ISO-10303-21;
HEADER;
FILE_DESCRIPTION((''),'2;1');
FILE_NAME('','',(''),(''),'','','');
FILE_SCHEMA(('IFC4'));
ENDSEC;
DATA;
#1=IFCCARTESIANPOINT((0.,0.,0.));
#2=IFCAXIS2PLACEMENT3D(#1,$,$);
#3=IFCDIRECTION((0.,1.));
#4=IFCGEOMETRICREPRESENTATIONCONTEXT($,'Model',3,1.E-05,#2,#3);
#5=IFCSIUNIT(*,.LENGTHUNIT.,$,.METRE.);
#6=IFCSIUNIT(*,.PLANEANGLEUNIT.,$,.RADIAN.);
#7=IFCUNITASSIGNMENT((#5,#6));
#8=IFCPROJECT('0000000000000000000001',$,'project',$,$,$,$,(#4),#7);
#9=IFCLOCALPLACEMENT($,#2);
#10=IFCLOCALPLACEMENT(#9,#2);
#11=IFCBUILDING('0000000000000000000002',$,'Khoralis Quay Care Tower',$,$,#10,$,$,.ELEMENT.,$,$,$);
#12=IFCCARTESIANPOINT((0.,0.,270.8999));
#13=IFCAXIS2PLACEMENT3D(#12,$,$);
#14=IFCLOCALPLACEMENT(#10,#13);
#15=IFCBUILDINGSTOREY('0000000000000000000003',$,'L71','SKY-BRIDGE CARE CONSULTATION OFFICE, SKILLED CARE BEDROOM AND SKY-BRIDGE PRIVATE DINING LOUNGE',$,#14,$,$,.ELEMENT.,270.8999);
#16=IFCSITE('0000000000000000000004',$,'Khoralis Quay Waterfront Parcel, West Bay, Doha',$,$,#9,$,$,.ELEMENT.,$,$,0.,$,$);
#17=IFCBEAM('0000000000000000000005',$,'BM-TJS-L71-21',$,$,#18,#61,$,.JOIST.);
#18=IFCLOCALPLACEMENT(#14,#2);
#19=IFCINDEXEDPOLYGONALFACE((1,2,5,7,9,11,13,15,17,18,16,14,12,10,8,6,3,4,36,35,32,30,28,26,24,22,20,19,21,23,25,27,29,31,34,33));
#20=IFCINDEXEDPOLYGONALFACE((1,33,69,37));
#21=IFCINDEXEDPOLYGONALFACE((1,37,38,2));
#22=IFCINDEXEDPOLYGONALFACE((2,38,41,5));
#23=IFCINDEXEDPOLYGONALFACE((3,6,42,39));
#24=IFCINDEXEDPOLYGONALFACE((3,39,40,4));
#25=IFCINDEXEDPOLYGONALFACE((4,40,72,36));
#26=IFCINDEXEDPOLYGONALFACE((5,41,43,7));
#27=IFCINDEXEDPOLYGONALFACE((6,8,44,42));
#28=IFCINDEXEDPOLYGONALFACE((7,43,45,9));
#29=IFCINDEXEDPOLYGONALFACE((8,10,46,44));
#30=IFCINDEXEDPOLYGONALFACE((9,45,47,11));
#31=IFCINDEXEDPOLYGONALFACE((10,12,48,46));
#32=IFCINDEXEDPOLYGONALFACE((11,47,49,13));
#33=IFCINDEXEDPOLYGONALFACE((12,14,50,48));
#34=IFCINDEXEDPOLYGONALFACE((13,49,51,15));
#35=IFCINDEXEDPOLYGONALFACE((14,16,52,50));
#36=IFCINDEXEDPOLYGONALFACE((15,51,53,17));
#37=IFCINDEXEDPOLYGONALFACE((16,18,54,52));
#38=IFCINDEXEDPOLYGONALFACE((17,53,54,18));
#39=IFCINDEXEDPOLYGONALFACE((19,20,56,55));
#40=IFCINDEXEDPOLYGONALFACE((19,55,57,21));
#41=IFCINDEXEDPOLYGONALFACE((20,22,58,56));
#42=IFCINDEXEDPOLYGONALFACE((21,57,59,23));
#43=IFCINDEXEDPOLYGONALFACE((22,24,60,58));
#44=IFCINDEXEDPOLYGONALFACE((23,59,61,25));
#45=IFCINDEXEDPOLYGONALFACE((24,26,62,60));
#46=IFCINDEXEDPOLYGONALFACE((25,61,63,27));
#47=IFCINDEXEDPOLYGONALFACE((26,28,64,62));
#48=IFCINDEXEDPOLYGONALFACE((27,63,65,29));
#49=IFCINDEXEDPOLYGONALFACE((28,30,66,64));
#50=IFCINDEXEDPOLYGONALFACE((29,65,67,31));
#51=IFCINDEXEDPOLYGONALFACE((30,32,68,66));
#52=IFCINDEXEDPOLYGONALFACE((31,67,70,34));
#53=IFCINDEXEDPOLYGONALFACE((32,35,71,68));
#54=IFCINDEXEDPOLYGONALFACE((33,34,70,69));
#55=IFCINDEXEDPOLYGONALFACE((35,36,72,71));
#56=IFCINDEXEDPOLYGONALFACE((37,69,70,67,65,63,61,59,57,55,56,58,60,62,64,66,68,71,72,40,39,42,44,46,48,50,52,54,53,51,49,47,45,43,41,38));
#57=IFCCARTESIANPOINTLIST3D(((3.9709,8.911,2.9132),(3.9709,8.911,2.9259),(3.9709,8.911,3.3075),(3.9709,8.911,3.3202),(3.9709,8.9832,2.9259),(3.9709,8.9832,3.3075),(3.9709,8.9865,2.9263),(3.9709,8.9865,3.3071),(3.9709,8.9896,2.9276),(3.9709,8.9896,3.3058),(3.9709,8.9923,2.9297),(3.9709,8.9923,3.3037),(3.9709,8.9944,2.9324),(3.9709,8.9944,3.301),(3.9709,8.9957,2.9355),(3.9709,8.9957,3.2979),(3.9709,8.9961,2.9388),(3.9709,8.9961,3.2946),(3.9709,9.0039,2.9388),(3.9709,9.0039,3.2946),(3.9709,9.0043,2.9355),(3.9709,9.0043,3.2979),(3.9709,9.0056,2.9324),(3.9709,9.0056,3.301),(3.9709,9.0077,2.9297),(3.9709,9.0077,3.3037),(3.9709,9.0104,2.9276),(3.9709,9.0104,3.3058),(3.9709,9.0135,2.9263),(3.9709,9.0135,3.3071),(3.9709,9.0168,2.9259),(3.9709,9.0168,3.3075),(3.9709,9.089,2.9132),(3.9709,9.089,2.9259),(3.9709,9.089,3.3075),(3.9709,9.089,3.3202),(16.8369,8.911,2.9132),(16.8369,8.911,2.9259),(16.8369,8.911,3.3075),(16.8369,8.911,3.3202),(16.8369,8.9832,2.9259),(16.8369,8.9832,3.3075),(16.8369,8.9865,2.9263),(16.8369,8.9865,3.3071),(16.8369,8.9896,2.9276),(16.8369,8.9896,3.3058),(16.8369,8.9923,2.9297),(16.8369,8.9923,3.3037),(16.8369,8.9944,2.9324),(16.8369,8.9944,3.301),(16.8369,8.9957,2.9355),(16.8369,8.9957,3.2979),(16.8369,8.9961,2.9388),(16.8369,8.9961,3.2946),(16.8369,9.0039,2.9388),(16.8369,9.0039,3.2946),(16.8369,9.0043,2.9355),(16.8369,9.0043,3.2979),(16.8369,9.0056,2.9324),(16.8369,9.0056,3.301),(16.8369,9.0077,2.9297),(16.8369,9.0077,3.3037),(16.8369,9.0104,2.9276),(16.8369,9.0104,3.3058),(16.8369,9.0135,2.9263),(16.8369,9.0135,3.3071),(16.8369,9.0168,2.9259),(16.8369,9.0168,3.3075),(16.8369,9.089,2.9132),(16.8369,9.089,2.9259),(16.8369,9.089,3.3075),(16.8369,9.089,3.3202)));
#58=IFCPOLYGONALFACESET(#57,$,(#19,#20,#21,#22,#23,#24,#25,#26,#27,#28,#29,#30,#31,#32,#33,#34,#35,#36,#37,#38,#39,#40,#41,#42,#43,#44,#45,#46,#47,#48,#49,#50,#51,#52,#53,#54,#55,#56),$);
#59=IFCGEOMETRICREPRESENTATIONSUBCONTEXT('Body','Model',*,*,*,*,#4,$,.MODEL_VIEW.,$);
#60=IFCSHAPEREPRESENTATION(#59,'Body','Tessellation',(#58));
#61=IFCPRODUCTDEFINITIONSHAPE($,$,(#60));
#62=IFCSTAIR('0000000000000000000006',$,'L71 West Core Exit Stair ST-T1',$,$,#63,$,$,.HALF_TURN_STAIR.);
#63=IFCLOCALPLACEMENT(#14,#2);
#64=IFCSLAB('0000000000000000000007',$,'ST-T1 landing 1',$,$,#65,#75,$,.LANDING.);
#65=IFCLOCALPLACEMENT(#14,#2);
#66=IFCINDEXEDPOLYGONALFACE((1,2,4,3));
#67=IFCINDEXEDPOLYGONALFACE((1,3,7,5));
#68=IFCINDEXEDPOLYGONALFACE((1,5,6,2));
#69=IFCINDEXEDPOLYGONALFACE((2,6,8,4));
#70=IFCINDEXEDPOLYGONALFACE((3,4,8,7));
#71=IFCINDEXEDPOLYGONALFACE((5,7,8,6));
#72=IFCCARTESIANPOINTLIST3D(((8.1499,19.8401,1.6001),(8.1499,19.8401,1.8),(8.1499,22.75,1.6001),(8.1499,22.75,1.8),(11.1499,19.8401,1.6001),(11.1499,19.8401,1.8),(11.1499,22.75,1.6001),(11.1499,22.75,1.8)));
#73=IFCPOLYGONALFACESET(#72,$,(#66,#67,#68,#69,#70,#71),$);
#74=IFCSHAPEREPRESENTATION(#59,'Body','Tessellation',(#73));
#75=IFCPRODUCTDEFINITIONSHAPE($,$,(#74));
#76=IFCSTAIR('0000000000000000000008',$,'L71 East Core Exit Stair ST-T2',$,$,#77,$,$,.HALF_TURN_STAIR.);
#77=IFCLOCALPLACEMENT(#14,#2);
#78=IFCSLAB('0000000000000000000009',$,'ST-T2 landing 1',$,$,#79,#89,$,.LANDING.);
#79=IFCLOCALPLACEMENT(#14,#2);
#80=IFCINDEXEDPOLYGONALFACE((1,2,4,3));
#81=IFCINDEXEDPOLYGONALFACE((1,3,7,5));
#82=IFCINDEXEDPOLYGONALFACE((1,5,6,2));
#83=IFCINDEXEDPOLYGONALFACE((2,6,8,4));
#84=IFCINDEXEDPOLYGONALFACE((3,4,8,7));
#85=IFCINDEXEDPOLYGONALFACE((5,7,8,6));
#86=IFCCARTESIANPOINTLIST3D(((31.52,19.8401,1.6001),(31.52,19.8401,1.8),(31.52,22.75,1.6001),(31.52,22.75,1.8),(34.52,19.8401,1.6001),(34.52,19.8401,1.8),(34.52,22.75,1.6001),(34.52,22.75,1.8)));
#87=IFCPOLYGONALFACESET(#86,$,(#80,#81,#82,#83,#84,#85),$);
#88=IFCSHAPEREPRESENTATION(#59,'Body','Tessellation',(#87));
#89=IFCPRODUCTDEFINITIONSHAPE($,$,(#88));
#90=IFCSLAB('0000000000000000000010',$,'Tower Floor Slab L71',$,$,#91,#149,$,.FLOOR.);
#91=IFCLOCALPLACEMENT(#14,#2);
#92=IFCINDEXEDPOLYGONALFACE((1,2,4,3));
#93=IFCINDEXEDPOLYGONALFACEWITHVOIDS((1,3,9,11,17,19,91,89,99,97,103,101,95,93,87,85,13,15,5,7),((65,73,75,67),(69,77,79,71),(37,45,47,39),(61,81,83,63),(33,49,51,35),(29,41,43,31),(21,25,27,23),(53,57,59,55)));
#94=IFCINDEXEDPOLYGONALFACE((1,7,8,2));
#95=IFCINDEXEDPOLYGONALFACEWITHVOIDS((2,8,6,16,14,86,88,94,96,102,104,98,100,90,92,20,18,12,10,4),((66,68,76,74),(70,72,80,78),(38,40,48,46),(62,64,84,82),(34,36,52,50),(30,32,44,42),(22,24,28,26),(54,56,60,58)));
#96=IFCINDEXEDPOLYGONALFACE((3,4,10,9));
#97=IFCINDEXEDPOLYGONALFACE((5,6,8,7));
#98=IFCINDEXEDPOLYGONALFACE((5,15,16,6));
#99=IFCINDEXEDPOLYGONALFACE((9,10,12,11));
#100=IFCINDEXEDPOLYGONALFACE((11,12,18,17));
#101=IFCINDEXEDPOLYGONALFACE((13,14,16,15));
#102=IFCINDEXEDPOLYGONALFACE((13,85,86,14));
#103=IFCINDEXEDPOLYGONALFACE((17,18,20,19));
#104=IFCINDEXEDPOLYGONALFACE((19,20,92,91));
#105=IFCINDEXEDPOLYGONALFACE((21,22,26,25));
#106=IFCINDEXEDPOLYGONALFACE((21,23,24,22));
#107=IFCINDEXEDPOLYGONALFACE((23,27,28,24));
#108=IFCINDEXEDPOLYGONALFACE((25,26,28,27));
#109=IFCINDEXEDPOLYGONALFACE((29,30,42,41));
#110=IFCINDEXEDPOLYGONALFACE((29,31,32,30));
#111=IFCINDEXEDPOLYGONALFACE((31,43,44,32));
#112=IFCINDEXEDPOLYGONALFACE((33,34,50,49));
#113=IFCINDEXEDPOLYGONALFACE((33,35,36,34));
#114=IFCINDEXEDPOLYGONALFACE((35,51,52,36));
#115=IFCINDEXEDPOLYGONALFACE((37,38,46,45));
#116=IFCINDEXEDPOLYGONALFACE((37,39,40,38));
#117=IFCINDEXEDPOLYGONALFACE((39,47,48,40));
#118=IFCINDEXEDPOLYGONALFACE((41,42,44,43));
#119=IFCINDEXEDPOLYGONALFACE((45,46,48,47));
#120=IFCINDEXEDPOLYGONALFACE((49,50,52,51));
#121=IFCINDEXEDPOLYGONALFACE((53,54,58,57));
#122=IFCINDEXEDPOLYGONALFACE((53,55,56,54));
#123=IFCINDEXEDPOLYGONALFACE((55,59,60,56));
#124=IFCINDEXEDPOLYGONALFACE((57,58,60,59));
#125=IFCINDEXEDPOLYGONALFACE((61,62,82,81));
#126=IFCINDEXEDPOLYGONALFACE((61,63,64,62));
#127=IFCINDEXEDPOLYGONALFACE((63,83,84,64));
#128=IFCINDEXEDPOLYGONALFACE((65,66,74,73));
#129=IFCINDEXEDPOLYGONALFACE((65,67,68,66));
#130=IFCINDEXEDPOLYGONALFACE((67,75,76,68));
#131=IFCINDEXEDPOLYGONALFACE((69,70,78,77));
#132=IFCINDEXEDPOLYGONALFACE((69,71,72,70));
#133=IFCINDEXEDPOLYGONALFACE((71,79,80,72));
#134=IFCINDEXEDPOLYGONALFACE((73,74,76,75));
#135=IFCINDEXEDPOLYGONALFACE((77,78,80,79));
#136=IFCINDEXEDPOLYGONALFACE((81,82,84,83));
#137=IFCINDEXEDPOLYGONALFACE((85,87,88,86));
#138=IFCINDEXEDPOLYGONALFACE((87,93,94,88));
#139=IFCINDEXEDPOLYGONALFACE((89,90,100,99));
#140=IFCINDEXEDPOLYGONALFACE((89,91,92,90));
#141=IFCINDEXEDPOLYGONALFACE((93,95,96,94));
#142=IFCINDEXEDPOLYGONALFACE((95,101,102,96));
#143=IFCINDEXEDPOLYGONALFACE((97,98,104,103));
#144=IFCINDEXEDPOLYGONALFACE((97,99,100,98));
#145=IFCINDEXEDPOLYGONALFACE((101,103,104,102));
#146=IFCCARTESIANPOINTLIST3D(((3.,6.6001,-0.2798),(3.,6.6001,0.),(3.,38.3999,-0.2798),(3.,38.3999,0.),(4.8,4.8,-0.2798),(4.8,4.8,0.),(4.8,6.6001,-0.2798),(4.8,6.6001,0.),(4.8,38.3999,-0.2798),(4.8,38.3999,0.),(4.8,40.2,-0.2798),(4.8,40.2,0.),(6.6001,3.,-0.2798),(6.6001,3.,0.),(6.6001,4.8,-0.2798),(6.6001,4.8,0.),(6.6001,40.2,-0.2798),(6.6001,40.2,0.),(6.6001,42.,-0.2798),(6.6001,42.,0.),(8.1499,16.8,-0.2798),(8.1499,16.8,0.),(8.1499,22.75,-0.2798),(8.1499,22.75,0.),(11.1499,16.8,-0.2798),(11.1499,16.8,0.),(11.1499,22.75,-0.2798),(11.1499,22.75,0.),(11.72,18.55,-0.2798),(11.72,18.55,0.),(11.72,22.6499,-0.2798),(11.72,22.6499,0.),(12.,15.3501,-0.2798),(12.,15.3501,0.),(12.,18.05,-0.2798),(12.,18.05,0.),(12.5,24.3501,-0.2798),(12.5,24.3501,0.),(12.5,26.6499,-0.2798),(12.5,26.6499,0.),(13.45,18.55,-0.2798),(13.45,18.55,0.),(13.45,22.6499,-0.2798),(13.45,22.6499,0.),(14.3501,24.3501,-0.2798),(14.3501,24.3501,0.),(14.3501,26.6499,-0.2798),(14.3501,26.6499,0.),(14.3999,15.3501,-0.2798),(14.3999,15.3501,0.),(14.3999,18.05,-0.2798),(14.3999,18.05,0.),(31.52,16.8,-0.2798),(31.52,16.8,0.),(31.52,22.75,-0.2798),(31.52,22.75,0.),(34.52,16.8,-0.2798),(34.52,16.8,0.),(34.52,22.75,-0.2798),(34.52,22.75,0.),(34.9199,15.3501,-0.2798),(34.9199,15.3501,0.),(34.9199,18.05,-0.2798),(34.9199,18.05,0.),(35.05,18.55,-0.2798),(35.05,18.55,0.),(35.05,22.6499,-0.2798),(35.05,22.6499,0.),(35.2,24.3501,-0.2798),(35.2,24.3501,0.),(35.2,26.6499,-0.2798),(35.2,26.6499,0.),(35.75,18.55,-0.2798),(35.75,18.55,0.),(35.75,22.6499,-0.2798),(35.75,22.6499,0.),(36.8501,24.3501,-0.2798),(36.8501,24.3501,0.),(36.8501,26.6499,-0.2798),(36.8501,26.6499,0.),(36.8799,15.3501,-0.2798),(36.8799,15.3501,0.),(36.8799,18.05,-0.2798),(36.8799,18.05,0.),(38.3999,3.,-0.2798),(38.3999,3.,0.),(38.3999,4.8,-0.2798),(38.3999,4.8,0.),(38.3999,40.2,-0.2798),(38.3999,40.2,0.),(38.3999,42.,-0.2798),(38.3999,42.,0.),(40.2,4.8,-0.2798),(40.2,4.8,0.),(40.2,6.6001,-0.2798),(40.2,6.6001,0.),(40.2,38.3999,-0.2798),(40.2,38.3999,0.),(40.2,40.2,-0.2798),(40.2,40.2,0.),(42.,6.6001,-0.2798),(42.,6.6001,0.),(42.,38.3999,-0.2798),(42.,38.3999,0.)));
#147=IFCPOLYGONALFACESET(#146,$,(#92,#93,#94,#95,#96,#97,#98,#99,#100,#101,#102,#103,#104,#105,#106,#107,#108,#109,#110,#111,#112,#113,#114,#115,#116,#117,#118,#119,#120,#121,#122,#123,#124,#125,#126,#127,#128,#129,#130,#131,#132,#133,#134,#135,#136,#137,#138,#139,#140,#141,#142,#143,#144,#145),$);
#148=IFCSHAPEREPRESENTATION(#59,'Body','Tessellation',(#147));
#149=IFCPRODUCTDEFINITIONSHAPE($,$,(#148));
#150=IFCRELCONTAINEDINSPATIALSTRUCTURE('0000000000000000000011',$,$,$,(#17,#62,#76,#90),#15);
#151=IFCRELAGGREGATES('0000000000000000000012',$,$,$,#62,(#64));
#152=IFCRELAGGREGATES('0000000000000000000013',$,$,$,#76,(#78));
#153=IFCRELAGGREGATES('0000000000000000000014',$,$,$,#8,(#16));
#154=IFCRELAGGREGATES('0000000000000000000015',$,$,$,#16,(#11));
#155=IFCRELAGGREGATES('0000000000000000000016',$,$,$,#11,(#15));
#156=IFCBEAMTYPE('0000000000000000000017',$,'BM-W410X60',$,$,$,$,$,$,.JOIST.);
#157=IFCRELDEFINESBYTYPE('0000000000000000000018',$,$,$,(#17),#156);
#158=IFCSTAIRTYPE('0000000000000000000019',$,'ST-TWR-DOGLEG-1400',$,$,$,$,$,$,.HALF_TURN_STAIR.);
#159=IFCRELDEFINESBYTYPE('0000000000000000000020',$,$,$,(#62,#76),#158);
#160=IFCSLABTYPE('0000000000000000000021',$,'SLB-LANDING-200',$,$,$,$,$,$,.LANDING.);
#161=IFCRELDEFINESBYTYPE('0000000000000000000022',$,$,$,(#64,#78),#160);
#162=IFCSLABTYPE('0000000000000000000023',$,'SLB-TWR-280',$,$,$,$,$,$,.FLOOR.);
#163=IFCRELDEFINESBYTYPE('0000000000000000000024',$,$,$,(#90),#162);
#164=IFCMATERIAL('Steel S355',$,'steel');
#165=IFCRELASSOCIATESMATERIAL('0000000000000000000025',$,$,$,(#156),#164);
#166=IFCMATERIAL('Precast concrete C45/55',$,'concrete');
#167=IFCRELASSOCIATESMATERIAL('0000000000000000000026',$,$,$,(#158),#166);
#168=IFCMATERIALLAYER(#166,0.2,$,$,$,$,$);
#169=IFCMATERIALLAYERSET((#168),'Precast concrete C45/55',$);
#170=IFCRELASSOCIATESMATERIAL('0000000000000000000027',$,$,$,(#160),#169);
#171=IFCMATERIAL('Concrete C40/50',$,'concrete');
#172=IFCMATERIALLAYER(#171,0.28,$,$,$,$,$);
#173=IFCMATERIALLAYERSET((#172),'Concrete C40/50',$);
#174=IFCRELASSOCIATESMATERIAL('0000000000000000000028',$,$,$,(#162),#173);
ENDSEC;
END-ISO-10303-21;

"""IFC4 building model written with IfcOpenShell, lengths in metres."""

from ifc_helpers import new_model, si_unit, direction, frame, origin, origin_2d, place, context, subcontext, project, spatial, polyline, i_section, outline, extrude, source, transform, mapped, material, layer, layer_set, material_profile, profile_set, type_object, element, aggregate, save


model = new_model("IFC4")

# Units and contexts
model_context = context("Model", 3, precision=1e-05, world=origin(), true_north=direction((0.0, 1.0)))
body_context = subcontext(model_context, "Body", "Model", "MODEL_VIEW")
ifc_project = project(units=[si_unit("LENGTHUNIT", "METRE"), si_unit("PLANEANGLEUNIT", "RADIAN")], contexts=[model_context])

# Site, building, storey
site_placement = place(None, origin())
site = spatial("IfcSite", under=ifc_project, at=site_placement, Name="Khoralis Quay Waterfront Parcel, West Bay, Doha", CompositionType="ELEMENT", RefElevation=0.0)
building_placement = place(site_placement, origin())
building = spatial("IfcBuilding", under=site, at=building_placement, Name="Khoralis Quay Care Tower", CompositionType="ELEMENT")
storey_placement = place(building_placement, frame((0.0, 0.0, 270.8999)))
storey = spatial("IfcBuildingStorey", under=building, at=storey_placement, Name="L71", Description="SKY-BRIDGE CARE CONSULTATION OFFICE, SKILLED CARE BEDROOM AND SKY-BRIDGE PRIVATE DINING LOUNGE", CompositionType="ELEMENT", Elevation=270.8999)

# Beam
ifc_material_1 = material(Name="Steel S355", Category="steel")
ifc_material_profile = material_profile(ifc_material_1, i_section(OverallWidth=0.178, OverallDepth=0.407, WebThickness=0.0078, FlangeThickness=0.0127, FilletRadius=0.0129, at=origin_2d()), Name="Steel S355")
ifc_profile_set = profile_set([ifc_material_profile], Name="Steel S355")
beam_type = type_object("IfcBeamType", Name="BM-W410X60", PredefinedType="JOIST", material=ifc_profile_set)
shared_shape_1 = source(origin(), body_context, "Body", "SweptSolid", [
    extrude(i_section(OverallWidth=0.178, OverallDepth=0.407, WebThickness=0.0078, FlangeThickness=0.0127, FilletRadius=0.0129, at=origin_2d()), origin(), (0.0, 0.0, 1.0), 12.866),
])
beam_placement = place(storey_placement, frame((3.9709, 9.0, 3.1167), z_axis=(1.0, 0.0, 0.0), x_axis=(0.0, 1.0, 0.0)))
element("IfcBeam", 1, at=beam_placement, inside=storey, type_object=beam_type, Name="BM-TJS-L71-21", PredefinedType="JOIST", context=body_context, shape_type="MappedRepresentation", body=[
    mapped(shared_shape_1, transform((0.0, 0.0, 0.0), scale=1.0)),
])

# Stairs, slabs
ifc_material_2 = material(Name="Precast concrete C45/55", Category="concrete")
stair_type = type_object("IfcStairType", Name="ST-TWR-DOGLEG-1400", PredefinedType="HALF_TURN_STAIR", material=ifc_material_2)
stair_1_placement = place(storey_placement, origin())
stair_1 = element("IfcStair", 2, at=stair_1_placement, inside=storey, type_object=stair_type, Name="L71 West Core Exit Stair ST-T1", PredefinedType="HALF_TURN_STAIR")
ifc_layer_1 = layer(ifc_material_2, 0.2)
ifc_layer_set_1 = layer_set([ifc_layer_1], Name="Precast concrete C45/55")
slab_type_1 = type_object("IfcSlabType", Name="SLB-LANDING-200", PredefinedType="LANDING", material=ifc_layer_set_1)
slab_1_placement = place(storey_placement, frame((0.0, 0.0, 1.6001)))
slab_1 = element("IfcSlab", 3, at=slab_1_placement, type_object=slab_type_1, Name="ST-T1 landing 1", PredefinedType="LANDING", context=body_context, shape_type="SweptSolid", body=[
    extrude(outline(polyline([(11.1499, 19.8401), (11.1499, 22.75), (8.1499, 22.75), (8.1499, 19.8401), (11.1499, 19.8401)])), origin(), (0.0, 0.0, 1.0), 0.2),
])
aggregate(stair_1, [slab_1])
stair_2_placement = place(storey_placement, origin())
stair_2 = element("IfcStair", 4, at=stair_2_placement, inside=storey, type_object=stair_type, Name="L71 East Core Exit Stair ST-T2", PredefinedType="HALF_TURN_STAIR")
slab_2_placement = place(storey_placement, frame((0.0, 0.0, 1.6001)))
slab_2 = element("IfcSlab", 5, at=slab_2_placement, type_object=slab_type_1, Name="ST-T2 landing 1", PredefinedType="LANDING", context=body_context, shape_type="SweptSolid", body=[
    extrude(outline(polyline([(34.52, 19.8401), (34.52, 22.75), (31.52, 22.75), (31.52, 19.8401), (34.52, 19.8401)])), origin(), (0.0, 0.0, 1.0), 0.2),
])
aggregate(stair_2, [slab_2])

# Slab
ifc_material_3 = material(Name="Concrete C40/50", Category="concrete")
ifc_layer_2 = layer(ifc_material_3, 0.28)
ifc_layer_set_2 = layer_set([ifc_layer_2], Name="Concrete C40/50")
slab_type_2 = type_object("IfcSlabType", Name="SLB-TWR-280", PredefinedType="FLOOR", material=ifc_layer_set_2)
slab_3_placement = place(storey_placement, frame((0.0, 0.0, -0.2798)))
element("IfcSlab", 6, at=slab_3_placement, inside=storey, type_object=slab_type_2, Name="Tower Floor Slab L71", PredefinedType="FLOOR", context=body_context, shape_type="SweptSolid", body=[
    extrude(outline(polyline([(6.6001, 3.0), (38.3999, 3.0), (38.3999, 4.8), (40.2, 4.8), (40.2, 6.6001), (42.0, 6.6001), (42.0, 38.3999), (40.2, 38.3999), (40.2, 40.2), (38.3999, 40.2), (38.3999, 42.0), (6.6001, 42.0), (6.6001, 40.2), (4.8, 40.2), (4.8, 38.3999), (3.0, 38.3999), (3.0, 6.6001), (4.8, 6.6001), (4.8, 4.8), (6.6001, 4.8), (6.6001, 3.0)]), holes=[polyline([(11.1499, 16.8), (11.1499, 22.75), (8.1499, 22.75), (8.1499, 16.8), (11.1499, 16.8)]), polyline([(34.52, 16.8), (34.52, 22.75), (31.52, 22.75), (31.52, 16.8), (34.52, 16.8)]), polyline([(12.0, 15.3501), (14.3999, 15.3501), (14.3999, 18.05), (12.0, 18.05), (12.0, 15.3501)]), polyline([(34.9199, 15.3501), (36.8799, 15.3501), (36.8799, 18.05), (34.9199, 18.05), (34.9199, 15.3501)]), polyline([(12.5, 24.3501), (14.3501, 24.3501), (14.3501, 26.6499), (12.5, 26.6499), (12.5, 24.3501)]), polyline([(35.2, 24.3501), (36.8501, 24.3501), (36.8501, 26.6499), (35.2, 26.6499), (35.2, 24.3501)]), polyline([(11.72, 18.55), (13.45, 18.55), (13.45, 22.6499), (11.72, 22.6499), (11.72, 18.55)]), polyline([(35.05, 18.55), (35.75, 18.55), (35.75, 22.6499), (35.05, 22.6499), (35.05, 18.55)])]), origin(), (0.0, 0.0, 1.0), 0.2798),
])

save(model, "model.ifc")
